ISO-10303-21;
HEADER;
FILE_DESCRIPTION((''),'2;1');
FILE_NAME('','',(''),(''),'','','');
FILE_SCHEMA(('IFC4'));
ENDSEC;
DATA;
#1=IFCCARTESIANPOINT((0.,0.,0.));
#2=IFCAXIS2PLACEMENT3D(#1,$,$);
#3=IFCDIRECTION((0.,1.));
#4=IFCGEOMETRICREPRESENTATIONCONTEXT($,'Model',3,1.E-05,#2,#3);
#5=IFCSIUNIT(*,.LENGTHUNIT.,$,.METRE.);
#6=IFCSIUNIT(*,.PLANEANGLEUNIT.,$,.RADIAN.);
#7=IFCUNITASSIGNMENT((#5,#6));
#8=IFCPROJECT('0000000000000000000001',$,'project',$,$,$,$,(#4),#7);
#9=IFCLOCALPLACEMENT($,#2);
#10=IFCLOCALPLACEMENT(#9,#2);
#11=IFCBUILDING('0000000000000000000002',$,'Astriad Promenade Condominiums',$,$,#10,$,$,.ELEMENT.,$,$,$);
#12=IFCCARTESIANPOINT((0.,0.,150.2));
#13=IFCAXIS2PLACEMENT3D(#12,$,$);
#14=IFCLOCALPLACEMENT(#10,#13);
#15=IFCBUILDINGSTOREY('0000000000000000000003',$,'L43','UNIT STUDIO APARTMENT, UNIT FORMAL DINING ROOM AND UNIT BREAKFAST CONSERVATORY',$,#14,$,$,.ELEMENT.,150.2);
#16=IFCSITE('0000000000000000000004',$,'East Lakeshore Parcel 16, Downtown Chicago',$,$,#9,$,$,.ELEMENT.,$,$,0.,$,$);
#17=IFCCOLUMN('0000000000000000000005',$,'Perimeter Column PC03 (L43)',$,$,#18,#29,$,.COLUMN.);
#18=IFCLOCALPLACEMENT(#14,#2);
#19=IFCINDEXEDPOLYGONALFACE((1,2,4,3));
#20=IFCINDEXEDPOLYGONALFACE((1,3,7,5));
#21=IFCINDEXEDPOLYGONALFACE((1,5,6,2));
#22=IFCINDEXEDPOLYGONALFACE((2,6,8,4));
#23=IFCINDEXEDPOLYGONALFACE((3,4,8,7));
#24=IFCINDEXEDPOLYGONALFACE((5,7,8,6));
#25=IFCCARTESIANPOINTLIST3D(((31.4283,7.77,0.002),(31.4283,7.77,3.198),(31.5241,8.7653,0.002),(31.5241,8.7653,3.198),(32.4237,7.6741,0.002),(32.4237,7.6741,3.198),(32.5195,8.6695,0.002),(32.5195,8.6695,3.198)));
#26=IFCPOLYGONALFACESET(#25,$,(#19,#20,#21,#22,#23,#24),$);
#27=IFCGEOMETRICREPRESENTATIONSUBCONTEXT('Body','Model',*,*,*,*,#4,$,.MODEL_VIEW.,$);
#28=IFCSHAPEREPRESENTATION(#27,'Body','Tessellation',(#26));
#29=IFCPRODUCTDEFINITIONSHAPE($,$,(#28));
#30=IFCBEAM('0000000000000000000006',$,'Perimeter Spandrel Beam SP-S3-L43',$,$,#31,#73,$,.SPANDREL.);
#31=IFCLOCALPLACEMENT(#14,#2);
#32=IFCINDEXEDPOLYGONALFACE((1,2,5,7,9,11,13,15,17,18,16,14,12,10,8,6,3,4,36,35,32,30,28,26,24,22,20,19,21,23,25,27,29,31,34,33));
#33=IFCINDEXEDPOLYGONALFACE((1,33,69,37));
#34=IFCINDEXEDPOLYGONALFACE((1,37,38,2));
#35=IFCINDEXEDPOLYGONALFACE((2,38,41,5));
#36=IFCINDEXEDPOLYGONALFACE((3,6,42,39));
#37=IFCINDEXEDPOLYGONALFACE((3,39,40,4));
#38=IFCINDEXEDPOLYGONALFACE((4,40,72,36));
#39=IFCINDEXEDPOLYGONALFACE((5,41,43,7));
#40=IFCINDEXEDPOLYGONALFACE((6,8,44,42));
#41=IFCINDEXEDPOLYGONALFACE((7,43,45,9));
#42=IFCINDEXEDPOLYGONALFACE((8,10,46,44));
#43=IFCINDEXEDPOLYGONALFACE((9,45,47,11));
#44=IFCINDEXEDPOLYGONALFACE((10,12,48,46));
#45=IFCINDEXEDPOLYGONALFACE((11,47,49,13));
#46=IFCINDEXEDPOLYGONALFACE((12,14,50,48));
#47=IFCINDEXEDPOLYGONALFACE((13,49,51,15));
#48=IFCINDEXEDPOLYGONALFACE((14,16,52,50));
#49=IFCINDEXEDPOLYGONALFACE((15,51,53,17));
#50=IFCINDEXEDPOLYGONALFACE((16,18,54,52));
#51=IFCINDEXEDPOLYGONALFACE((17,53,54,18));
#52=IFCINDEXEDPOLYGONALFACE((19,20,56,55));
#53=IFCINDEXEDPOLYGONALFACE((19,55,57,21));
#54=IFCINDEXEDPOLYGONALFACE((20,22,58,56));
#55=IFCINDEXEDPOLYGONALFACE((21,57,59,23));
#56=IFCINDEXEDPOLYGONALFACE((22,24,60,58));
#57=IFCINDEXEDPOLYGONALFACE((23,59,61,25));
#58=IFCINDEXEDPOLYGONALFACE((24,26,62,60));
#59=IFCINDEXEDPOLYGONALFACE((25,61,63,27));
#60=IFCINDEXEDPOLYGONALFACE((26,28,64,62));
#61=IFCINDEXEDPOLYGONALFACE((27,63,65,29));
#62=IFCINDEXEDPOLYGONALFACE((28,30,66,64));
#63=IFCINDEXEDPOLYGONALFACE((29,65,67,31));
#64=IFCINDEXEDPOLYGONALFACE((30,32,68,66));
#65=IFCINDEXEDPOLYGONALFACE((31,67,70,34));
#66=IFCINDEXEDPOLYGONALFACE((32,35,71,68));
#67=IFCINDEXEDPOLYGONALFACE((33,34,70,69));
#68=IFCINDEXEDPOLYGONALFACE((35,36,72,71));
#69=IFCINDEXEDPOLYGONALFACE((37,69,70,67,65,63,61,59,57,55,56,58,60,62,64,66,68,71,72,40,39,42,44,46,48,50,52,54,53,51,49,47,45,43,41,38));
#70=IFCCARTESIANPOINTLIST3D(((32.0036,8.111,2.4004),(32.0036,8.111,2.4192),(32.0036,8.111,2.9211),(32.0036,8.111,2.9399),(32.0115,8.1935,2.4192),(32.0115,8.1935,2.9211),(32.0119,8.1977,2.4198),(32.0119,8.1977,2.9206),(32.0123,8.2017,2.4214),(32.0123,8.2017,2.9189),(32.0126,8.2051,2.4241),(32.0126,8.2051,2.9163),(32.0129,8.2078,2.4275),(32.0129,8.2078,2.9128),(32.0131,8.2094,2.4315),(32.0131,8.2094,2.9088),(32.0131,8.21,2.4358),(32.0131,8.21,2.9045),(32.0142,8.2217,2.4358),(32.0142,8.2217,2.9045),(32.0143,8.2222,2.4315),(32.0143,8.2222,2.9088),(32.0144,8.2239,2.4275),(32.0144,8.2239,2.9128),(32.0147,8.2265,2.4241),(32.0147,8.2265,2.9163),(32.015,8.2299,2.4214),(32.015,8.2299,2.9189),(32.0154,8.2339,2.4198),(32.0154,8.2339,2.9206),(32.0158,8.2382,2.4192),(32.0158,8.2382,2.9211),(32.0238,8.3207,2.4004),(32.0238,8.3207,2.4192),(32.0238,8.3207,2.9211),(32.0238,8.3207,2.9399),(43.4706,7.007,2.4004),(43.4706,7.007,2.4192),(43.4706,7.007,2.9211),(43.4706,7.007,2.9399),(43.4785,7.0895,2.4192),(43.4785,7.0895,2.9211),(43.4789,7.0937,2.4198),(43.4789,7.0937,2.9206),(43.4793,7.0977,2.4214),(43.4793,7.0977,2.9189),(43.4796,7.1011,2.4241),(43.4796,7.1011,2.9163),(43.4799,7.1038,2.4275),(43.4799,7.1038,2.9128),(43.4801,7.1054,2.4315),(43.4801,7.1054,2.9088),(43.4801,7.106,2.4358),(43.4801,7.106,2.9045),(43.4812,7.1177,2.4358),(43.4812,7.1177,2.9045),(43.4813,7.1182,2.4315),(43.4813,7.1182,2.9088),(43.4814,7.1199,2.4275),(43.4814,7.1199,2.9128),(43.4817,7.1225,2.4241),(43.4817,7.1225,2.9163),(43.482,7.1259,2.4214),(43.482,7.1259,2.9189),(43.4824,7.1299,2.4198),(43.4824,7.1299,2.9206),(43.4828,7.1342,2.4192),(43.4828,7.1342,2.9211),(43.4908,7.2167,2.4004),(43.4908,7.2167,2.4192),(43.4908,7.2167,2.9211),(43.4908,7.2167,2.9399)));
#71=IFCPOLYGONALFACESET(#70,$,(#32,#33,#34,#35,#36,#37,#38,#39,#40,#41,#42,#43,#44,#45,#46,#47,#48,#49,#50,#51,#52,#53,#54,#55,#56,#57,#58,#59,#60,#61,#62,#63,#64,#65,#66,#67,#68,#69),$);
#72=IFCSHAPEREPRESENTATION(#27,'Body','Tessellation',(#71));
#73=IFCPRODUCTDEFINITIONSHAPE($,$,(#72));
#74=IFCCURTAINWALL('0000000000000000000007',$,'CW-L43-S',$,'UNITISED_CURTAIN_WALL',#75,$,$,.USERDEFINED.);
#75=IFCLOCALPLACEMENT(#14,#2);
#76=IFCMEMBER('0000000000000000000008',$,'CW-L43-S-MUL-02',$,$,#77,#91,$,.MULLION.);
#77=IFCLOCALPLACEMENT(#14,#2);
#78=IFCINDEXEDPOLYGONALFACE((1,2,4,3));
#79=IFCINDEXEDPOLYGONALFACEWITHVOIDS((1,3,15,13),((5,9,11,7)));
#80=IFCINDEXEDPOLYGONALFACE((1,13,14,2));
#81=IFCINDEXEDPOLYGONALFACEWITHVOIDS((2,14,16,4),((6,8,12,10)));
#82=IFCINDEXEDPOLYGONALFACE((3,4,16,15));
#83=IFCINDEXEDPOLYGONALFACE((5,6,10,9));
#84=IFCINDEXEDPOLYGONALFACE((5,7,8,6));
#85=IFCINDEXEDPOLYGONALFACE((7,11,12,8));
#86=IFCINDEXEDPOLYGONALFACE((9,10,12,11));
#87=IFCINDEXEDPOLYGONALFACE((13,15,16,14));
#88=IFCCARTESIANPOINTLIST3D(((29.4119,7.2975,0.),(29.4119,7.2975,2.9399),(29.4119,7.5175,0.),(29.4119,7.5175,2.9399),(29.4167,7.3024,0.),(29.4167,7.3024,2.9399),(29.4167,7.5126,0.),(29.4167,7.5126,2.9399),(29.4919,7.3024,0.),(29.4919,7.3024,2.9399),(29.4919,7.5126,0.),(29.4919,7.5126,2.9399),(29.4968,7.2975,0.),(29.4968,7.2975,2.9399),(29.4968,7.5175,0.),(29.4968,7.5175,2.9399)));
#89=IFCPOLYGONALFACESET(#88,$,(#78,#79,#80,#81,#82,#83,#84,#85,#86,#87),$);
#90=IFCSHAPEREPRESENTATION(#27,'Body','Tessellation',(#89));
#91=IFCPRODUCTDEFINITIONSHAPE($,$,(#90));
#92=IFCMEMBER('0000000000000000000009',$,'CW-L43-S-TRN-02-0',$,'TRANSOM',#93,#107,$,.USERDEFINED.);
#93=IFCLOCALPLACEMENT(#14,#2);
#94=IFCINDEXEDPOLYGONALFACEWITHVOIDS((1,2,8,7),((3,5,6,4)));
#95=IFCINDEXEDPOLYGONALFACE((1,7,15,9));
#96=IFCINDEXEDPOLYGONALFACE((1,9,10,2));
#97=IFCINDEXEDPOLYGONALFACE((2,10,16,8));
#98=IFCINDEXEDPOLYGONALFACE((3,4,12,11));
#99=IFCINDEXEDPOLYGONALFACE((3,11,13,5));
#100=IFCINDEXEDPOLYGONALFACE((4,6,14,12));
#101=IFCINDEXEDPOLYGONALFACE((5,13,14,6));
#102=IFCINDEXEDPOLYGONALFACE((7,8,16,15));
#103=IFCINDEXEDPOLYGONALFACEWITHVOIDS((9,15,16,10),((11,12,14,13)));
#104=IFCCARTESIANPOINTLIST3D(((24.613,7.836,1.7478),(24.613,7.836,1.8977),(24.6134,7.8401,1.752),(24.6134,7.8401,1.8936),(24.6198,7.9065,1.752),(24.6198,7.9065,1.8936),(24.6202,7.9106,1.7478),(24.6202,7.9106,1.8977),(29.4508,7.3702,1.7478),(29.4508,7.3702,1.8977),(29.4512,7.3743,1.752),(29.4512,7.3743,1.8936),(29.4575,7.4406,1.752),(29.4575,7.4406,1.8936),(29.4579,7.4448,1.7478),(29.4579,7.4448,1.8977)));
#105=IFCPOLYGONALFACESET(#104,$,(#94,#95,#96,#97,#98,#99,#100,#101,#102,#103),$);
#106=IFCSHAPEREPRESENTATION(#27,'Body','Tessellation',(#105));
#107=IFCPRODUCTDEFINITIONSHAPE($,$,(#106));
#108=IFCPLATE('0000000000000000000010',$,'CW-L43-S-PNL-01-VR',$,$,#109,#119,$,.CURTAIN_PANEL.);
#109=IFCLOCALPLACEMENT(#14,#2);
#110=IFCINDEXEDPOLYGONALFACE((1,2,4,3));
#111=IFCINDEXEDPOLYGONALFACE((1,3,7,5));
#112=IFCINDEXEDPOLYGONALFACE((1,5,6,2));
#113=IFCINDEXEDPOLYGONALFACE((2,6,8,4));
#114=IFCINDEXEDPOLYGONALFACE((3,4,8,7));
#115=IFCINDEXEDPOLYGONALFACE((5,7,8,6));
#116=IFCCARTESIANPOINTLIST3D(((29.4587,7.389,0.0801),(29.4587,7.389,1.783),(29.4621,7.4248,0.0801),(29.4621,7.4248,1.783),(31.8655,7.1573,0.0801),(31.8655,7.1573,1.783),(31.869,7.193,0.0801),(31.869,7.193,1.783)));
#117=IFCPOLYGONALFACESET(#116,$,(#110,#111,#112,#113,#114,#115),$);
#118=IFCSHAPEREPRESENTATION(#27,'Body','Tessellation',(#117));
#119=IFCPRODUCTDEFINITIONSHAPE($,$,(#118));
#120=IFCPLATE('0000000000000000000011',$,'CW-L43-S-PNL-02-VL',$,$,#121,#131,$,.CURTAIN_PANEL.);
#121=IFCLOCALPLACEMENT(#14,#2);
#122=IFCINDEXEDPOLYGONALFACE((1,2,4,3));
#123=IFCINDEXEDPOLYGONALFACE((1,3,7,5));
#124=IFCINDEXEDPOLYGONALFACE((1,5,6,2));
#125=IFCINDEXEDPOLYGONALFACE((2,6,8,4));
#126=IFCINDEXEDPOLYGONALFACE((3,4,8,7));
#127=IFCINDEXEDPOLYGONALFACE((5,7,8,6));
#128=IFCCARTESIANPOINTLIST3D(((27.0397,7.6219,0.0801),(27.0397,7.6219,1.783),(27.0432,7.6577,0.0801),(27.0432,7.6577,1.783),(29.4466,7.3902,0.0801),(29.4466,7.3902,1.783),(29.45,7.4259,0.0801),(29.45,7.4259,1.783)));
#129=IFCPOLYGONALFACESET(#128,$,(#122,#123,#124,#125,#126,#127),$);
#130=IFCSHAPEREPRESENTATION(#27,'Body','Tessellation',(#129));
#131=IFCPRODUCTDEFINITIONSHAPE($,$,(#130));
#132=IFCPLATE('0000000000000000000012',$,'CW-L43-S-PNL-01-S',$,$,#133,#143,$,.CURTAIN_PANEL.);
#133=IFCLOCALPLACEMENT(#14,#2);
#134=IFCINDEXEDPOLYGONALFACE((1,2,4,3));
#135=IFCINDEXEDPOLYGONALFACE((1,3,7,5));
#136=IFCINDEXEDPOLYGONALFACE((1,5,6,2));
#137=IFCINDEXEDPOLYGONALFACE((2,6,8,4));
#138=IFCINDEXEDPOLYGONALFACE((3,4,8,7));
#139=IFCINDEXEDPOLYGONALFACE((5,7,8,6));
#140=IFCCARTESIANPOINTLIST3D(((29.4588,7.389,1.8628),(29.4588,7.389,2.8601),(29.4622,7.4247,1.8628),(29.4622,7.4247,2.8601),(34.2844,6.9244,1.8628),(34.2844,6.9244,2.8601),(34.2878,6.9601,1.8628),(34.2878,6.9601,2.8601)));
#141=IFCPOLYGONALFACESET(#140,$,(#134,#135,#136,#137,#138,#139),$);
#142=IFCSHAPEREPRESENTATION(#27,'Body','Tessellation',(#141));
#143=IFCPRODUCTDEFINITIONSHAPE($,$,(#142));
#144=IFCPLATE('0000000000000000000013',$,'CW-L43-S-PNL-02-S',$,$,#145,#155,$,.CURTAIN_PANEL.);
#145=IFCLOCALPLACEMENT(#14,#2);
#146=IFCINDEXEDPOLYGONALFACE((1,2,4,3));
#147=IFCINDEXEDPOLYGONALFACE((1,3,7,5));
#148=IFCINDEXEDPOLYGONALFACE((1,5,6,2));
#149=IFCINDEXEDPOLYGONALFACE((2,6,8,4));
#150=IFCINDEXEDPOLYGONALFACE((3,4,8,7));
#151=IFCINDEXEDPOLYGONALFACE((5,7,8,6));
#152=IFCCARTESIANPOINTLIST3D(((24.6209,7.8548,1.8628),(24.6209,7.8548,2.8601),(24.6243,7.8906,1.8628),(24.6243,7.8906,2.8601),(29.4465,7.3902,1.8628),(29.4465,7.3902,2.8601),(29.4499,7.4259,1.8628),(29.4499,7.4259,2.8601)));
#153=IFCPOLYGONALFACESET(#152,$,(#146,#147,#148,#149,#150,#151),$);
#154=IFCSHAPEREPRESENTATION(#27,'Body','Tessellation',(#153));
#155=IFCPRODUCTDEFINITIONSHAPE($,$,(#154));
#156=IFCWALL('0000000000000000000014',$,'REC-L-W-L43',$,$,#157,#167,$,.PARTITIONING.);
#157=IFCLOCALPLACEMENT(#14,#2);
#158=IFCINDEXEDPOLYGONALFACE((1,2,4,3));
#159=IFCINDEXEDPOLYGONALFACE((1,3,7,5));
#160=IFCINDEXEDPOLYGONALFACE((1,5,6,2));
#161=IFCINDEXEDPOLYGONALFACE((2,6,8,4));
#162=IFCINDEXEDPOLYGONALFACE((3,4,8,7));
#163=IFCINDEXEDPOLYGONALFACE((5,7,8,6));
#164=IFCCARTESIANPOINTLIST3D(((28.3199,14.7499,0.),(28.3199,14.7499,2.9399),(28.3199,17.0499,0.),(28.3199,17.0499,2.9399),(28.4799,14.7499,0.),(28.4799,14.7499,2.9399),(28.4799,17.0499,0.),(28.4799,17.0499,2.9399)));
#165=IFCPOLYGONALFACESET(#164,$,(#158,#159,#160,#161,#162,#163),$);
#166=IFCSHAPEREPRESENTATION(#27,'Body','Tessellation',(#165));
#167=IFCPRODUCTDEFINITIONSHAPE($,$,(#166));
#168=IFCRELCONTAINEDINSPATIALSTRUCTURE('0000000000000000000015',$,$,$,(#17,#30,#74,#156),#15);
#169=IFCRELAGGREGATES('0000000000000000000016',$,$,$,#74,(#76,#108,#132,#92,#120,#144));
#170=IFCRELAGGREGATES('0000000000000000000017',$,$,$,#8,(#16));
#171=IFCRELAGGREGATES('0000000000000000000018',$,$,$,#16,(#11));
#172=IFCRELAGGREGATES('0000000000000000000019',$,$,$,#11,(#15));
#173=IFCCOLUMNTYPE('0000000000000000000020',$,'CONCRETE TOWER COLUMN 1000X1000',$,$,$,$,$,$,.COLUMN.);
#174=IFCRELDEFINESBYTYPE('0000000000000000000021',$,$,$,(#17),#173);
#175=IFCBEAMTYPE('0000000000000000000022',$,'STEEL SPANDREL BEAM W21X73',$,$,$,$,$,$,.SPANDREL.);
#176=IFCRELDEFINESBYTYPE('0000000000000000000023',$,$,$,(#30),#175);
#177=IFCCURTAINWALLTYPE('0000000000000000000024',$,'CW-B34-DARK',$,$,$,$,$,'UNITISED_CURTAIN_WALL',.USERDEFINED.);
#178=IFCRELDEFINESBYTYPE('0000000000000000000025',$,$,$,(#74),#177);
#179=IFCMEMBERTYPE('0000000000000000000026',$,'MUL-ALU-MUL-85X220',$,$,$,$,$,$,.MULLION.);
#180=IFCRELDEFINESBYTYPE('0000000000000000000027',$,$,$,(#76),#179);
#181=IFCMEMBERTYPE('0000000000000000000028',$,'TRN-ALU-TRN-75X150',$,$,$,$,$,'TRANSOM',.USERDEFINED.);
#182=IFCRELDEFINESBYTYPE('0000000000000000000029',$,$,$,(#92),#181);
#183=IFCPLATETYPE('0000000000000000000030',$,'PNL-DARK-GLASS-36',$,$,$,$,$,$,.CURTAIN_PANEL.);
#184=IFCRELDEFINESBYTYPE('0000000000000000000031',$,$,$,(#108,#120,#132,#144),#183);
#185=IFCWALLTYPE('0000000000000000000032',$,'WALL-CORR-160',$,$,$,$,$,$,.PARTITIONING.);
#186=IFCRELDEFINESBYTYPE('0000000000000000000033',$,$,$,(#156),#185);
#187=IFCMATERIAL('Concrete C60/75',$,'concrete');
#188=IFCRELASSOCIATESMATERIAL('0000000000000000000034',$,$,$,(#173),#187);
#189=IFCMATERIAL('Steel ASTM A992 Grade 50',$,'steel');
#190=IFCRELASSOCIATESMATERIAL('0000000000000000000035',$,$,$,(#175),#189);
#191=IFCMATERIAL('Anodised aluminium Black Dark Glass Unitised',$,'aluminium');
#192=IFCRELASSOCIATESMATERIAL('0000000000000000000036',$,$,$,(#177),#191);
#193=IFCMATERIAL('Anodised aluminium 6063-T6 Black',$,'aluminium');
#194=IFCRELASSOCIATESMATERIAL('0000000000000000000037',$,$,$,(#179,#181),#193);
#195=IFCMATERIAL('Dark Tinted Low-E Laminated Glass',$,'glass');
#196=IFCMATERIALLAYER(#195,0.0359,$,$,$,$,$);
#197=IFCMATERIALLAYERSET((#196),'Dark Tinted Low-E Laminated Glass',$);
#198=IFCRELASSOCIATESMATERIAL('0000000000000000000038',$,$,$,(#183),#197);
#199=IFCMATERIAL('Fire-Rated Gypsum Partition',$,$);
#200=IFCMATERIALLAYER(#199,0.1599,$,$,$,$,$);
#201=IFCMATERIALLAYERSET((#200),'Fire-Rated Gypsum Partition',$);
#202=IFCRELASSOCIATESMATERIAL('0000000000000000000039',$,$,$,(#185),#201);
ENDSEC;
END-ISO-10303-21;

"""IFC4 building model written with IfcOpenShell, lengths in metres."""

from ifc_helpers import new_model, si_unit, direction, frame, frame_2d, origin, origin_2d, place, context, subcontext, project, spatial, rectangle, hollow_rectangle, i_section, extrude, source, transform, mapped, material, layer, layer_set, material_profile, profile_set, type_object, type_shapes, element, aggregate, save


model = new_model("IFC4")

# Units and contexts
model_context = context("Model", 3, precision=1e-05, world=origin(), true_north=direction((0.0, 1.0)))
body_context = subcontext(model_context, "Body", "Model", "MODEL_VIEW")
ifc_project = project(units=[si_unit("LENGTHUNIT", "METRE"), si_unit("PLANEANGLEUNIT", "RADIAN")], contexts=[model_context])

# Site, building, storey
site_placement = place(None, origin())
site = spatial("IfcSite", under=ifc_project, at=site_placement, Name="East Lakeshore Parcel 16, Downtown Chicago", CompositionType="ELEMENT", RefElevation=0.0)
building_placement = place(site_placement, origin())
building = spatial("IfcBuilding", under=site, at=building_placement, Name="Astriad Promenade Condominiums", CompositionType="ELEMENT")
storey_placement = place(building_placement, frame((0.0, 0.0, 150.2)))
storey = spatial("IfcBuildingStorey", under=building, at=storey_placement, Name="L43", Description="UNIT STUDIO APARTMENT, UNIT FORMAL DINING ROOM AND UNIT BREAKFAST CONSERVATORY", CompositionType="ELEMENT", Elevation=150.2)

# Column
ifc_material_1 = material(Name="Concrete C60/75", Category="concrete")
ifc_material_profile_1 = material_profile(ifc_material_1, rectangle(XDim=1.0, YDim=1.0, at=origin_2d()), Name="RC-COL-1000X1000")
ifc_profile_set_1 = profile_set([ifc_material_profile_1], Name="Concrete C60/75")
column_type = type_object("IfcColumnType", Name="CONCRETE TOWER COLUMN 1000X1000", PredefinedType="COLUMN", material=ifc_profile_set_1)
shared_shape_1 = source(origin(), body_context, "Body", "SweptSolid", [
    extrude(rectangle(XDim=1.0, YDim=1.0, at=origin_2d()), origin(), (0.0, 0.0, 1.0), 3.196),
])
type_shapes(column_type, [shared_shape_1])
column_placement = place(storey_placement, frame((31.9739, 8.2197, 0.002), z_axis=(0.0, 0.0, 1.0), x_axis=(0.995396, -0.095846, 0.0)))
element("IfcColumn", 1, at=column_placement, inside=storey, type_object=column_type, Name="Perimeter Column PC03 (L43)", PredefinedType="COLUMN", context=body_context, shape_type="MappedRepresentation", body=[
    mapped(shared_shape_1, transform((0.0, 0.0, 0.0), scale=1.0)),
])

# Beam
ifc_material_2 = material(Name="Steel ASTM A992 Grade 50", Category="steel")
ifc_material_profile_2 = material_profile(ifc_material_2, i_section(OverallWidth=0.2107, OverallDepth=0.5396, WebThickness=0.0117, FlangeThickness=0.0188, FilletRadius=0.0166, at=origin_2d()), Name="W21X73")
ifc_profile_set_2 = profile_set([ifc_material_profile_2], Name="Steel ASTM A992 Grade 50")
beam_type = type_object("IfcBeamType", Name="STEEL SPANDREL BEAM W21X73", PredefinedType="SPANDREL", material=ifc_profile_set_2)
shared_shape_2 = source(origin(), body_context, "Body", "SweptSolid", [
    extrude(i_section(OverallWidth=0.2107, OverallDepth=0.5396, WebThickness=0.0117, FlangeThickness=0.0188, FilletRadius=0.0166, at=origin_2d()), origin(), (0.0, 0.0, 1.0), 11.52),
])
type_shapes(beam_type, [shared_shape_2])
beam_placement = place(storey_placement, frame((32.0137, 8.2158, 2.6702), z_axis=(0.995397, -0.095833, 0.0), x_axis=(0.095833, 0.995397, 0.0)))
element("IfcBeam", 2, at=beam_placement, inside=storey, type_object=beam_type, Name="Perimeter Spandrel Beam SP-S3-L43", PredefinedType="SPANDREL", context=body_context, shape_type="MappedRepresentation", body=[
    mapped(shared_shape_2, transform((0.0, 0.0, 0.0), scale=1.0)),
])

# Curtain wall, members, plates
ifc_material_3 = material(Name="Anodised aluminium Black Dark Glass Unitised", Category="aluminium")
curtain_wall_type = type_object("IfcCurtainWallType", Name="CW-B34-DARK", ElementType="UNITISED_CURTAIN_WALL", PredefinedType="USERDEFINED", material=ifc_material_3)
curtain_wall_placement = place(storey_placement, origin())
curtain_wall = element("IfcCurtainWall", 3, at=curtain_wall_placement, inside=storey, type_object=curtain_wall_type, Name="CW-L43-S", ObjectType="UNITISED_CURTAIN_WALL", PredefinedType="USERDEFINED")
ifc_material_4 = material(Name="Anodised aluminium 6063-T6 Black", Category="aluminium")
ifc_material_profile_3 = material_profile(ifc_material_4, hollow_rectangle(XDim=0.085, YDim=0.22, WallThickness=0.0049, at=origin_2d()), Name="ALU-MUL-85X220")
ifc_profile_set_3 = profile_set([ifc_material_profile_3], Name="Anodised aluminium 6063-T6 Black")
member_type_1 = type_object("IfcMemberType", Name="MUL-ALU-MUL-85X220", PredefinedType="MULLION", material=ifc_profile_set_3)
shared_shape_3 = source(origin(), body_context, "Body", "SweptSolid", [
    extrude(hollow_rectangle(XDim=0.085, YDim=0.22, WallThickness=0.0049, at=origin_2d()), origin(), (0.0, 0.0, 1.0), 2.9399),
])
type_shapes(member_type_1, [shared_shape_3])
member_1_placement = place(storey_placement, frame((29.4543, 7.4075, 0.0), z_axis=(0.0, 0.0, 1.0), x_axis=(1.0, 0.0, 0.0)))
member_1 = element("IfcMember", 4, at=member_1_placement, type_object=member_type_1, Name="CW-L43-S-MUL-02", PredefinedType="MULLION", context=body_context, shape_type="MappedRepresentation", body=[
    mapped(shared_shape_3, transform((0.0, 0.0, 0.0), scale=1.0)),
])
ifc_material_profile_4 = material_profile(ifc_material_4, hollow_rectangle(XDim=0.075, YDim=0.1499, WallThickness=0.0042, at=origin_2d()), Name="ALU-TRN-75X150")
ifc_profile_set_4 = profile_set([ifc_material_profile_4], Name="Anodised aluminium 6063-T6 Black")
member_type_2 = type_object("IfcMemberType", Name="TRN-ALU-TRN-75X150", ElementType="TRANSOM", PredefinedType="USERDEFINED", material=ifc_profile_set_4)
shared_shape_4 = source(origin(), body_context, "Body", "SweptSolid", [
    extrude(hollow_rectangle(XDim=0.075, YDim=0.1499, WallThickness=0.0042, at=origin_2d()), origin(), (0.0, 0.0, 1.0), 4.8601),
])
type_shapes(member_type_2, [shared_shape_4])
member_2_placement = place(storey_placement, frame((29.4543, 7.4075, 1.8228), z_axis=(-0.995396, 0.095847, 0.0), x_axis=(-0.095847, -0.995396, 0.0)))
member_2 = element("IfcMember", 5, at=member_2_placement, type_object=member_type_2, Name="CW-L43-S-TRN-02-0", ObjectType="TRANSOM", PredefinedType="USERDEFINED", context=body_context, shape_type="MappedRepresentation", body=[
    mapped(shared_shape_4, transform((0.0, 0.0, 0.0), scale=1.0)),
])
ifc_material_5 = material(Name="Dark Tinted Low-E Laminated Glass", Category="glass")
ifc_layer_1 = layer(ifc_material_5, 0.0359)
ifc_layer_set_1 = layer_set([ifc_layer_1], Name="Dark Tinted Low-E Laminated Glass")
plate_type = type_object("IfcPlateType", Name="PNL-DARK-GLASS-36", PredefinedType="CURTAIN_PANEL", material=ifc_layer_set_1)
shared_shape_5 = source(origin(), body_context, "Body", "SweptSolid", [
    extrude(rectangle(XDim=2.418, YDim=0.0359, at=origin_2d()), origin(), (0.0, 0.0, 1.0), 1.7029),
])
plate_1_placement = place(storey_placement, frame((30.6638, 7.291, 0.0801), z_axis=(0.0, 0.0, 1.0), x_axis=(-0.995396, 0.095846, 0.0)))
plate_1 = element("IfcPlate", 6, at=plate_1_placement, type_object=plate_type, Name="CW-L43-S-PNL-01-VR", PredefinedType="CURTAIN_PANEL", context=body_context, shape_type="MappedRepresentation", body=[
    mapped(shared_shape_5, transform((0.0, 0.0, 0.0), scale=1.0)),
])
plate_2_placement = place(storey_placement, frame((28.2449, 7.5239, 0.0801), z_axis=(0.0, 0.0, 1.0), x_axis=(-0.995396, 0.095846, 0.0)))
plate_2 = element("IfcPlate", 7, at=plate_2_placement, type_object=plate_type, Name="CW-L43-S-PNL-02-VL", PredefinedType="CURTAIN_PANEL", context=body_context, shape_type="MappedRepresentation", body=[
    mapped(shared_shape_5, transform((0.0, 0.0, 0.0), scale=1.0)),
])
shared_shape_6 = source(origin(), body_context, "Body", "SweptSolid", [
    extrude(rectangle(XDim=4.8479, YDim=0.0359, at=origin_2d()), origin(), (0.0, 0.0, 1.0), 0.9973),
])
type_shapes(plate_type, [shared_shape_5, shared_shape_6])
plate_3_placement = place(storey_placement, frame((31.8733, 7.1746, 1.8628), z_axis=(0.0, 0.0, 1.0), x_axis=(-0.995396, 0.095846, 0.0)))
plate_3 = element("IfcPlate", 8, at=plate_3_placement, type_object=plate_type, Name="CW-L43-S-PNL-01-S", PredefinedType="CURTAIN_PANEL", context=body_context, shape_type="MappedRepresentation", body=[
    mapped(shared_shape_6, transform((0.0, 0.0, 0.0), scale=1.0)),
])
plate_4_placement = place(storey_placement, frame((27.0354, 7.6404, 1.8628), z_axis=(0.0, 0.0, 1.0), x_axis=(-0.995396, 0.095846, 0.0)))
plate_4 = element("IfcPlate", 9, at=plate_4_placement, type_object=plate_type, Name="CW-L43-S-PNL-02-S", PredefinedType="CURTAIN_PANEL", context=body_context, shape_type="MappedRepresentation", body=[
    mapped(shared_shape_6, transform((0.0, 0.0, 0.0), scale=1.0)),
])
aggregate(curtain_wall, [member_1, plate_1, plate_3, member_2, plate_2, plate_4])

# Wall
ifc_material_6 = material(Name="Fire-Rated Gypsum Partition")
ifc_layer_2 = layer(ifc_material_6, 0.1599)
ifc_layer_set_2 = layer_set([ifc_layer_2], Name="Fire-Rated Gypsum Partition")
wall_type_1 = type_object("IfcWallType", Name="WALL-CORR-160", PredefinedType="PARTITIONING", material=ifc_layer_set_2)
wall_1_placement = place(storey_placement, frame((28.3999, 14.75, 0.0), z_axis=(0.0, 0.0, 1.0), x_axis=(0.0, 1.0, 0.0)))
element("IfcWall", 10, at=wall_1_placement, inside=storey, type_object=wall_type_1, Name="REC-L-W-L43", PredefinedType="PARTITIONING", context=body_context, shape_type="SweptSolid", body=[
    extrude(rectangle(XDim=2.3, YDim=0.1599, at=frame_2d((1.1499, 0.0))), origin(), (0.0, 0.0, 1.0), 2.9399),
])

save(model, "model.ifc")
